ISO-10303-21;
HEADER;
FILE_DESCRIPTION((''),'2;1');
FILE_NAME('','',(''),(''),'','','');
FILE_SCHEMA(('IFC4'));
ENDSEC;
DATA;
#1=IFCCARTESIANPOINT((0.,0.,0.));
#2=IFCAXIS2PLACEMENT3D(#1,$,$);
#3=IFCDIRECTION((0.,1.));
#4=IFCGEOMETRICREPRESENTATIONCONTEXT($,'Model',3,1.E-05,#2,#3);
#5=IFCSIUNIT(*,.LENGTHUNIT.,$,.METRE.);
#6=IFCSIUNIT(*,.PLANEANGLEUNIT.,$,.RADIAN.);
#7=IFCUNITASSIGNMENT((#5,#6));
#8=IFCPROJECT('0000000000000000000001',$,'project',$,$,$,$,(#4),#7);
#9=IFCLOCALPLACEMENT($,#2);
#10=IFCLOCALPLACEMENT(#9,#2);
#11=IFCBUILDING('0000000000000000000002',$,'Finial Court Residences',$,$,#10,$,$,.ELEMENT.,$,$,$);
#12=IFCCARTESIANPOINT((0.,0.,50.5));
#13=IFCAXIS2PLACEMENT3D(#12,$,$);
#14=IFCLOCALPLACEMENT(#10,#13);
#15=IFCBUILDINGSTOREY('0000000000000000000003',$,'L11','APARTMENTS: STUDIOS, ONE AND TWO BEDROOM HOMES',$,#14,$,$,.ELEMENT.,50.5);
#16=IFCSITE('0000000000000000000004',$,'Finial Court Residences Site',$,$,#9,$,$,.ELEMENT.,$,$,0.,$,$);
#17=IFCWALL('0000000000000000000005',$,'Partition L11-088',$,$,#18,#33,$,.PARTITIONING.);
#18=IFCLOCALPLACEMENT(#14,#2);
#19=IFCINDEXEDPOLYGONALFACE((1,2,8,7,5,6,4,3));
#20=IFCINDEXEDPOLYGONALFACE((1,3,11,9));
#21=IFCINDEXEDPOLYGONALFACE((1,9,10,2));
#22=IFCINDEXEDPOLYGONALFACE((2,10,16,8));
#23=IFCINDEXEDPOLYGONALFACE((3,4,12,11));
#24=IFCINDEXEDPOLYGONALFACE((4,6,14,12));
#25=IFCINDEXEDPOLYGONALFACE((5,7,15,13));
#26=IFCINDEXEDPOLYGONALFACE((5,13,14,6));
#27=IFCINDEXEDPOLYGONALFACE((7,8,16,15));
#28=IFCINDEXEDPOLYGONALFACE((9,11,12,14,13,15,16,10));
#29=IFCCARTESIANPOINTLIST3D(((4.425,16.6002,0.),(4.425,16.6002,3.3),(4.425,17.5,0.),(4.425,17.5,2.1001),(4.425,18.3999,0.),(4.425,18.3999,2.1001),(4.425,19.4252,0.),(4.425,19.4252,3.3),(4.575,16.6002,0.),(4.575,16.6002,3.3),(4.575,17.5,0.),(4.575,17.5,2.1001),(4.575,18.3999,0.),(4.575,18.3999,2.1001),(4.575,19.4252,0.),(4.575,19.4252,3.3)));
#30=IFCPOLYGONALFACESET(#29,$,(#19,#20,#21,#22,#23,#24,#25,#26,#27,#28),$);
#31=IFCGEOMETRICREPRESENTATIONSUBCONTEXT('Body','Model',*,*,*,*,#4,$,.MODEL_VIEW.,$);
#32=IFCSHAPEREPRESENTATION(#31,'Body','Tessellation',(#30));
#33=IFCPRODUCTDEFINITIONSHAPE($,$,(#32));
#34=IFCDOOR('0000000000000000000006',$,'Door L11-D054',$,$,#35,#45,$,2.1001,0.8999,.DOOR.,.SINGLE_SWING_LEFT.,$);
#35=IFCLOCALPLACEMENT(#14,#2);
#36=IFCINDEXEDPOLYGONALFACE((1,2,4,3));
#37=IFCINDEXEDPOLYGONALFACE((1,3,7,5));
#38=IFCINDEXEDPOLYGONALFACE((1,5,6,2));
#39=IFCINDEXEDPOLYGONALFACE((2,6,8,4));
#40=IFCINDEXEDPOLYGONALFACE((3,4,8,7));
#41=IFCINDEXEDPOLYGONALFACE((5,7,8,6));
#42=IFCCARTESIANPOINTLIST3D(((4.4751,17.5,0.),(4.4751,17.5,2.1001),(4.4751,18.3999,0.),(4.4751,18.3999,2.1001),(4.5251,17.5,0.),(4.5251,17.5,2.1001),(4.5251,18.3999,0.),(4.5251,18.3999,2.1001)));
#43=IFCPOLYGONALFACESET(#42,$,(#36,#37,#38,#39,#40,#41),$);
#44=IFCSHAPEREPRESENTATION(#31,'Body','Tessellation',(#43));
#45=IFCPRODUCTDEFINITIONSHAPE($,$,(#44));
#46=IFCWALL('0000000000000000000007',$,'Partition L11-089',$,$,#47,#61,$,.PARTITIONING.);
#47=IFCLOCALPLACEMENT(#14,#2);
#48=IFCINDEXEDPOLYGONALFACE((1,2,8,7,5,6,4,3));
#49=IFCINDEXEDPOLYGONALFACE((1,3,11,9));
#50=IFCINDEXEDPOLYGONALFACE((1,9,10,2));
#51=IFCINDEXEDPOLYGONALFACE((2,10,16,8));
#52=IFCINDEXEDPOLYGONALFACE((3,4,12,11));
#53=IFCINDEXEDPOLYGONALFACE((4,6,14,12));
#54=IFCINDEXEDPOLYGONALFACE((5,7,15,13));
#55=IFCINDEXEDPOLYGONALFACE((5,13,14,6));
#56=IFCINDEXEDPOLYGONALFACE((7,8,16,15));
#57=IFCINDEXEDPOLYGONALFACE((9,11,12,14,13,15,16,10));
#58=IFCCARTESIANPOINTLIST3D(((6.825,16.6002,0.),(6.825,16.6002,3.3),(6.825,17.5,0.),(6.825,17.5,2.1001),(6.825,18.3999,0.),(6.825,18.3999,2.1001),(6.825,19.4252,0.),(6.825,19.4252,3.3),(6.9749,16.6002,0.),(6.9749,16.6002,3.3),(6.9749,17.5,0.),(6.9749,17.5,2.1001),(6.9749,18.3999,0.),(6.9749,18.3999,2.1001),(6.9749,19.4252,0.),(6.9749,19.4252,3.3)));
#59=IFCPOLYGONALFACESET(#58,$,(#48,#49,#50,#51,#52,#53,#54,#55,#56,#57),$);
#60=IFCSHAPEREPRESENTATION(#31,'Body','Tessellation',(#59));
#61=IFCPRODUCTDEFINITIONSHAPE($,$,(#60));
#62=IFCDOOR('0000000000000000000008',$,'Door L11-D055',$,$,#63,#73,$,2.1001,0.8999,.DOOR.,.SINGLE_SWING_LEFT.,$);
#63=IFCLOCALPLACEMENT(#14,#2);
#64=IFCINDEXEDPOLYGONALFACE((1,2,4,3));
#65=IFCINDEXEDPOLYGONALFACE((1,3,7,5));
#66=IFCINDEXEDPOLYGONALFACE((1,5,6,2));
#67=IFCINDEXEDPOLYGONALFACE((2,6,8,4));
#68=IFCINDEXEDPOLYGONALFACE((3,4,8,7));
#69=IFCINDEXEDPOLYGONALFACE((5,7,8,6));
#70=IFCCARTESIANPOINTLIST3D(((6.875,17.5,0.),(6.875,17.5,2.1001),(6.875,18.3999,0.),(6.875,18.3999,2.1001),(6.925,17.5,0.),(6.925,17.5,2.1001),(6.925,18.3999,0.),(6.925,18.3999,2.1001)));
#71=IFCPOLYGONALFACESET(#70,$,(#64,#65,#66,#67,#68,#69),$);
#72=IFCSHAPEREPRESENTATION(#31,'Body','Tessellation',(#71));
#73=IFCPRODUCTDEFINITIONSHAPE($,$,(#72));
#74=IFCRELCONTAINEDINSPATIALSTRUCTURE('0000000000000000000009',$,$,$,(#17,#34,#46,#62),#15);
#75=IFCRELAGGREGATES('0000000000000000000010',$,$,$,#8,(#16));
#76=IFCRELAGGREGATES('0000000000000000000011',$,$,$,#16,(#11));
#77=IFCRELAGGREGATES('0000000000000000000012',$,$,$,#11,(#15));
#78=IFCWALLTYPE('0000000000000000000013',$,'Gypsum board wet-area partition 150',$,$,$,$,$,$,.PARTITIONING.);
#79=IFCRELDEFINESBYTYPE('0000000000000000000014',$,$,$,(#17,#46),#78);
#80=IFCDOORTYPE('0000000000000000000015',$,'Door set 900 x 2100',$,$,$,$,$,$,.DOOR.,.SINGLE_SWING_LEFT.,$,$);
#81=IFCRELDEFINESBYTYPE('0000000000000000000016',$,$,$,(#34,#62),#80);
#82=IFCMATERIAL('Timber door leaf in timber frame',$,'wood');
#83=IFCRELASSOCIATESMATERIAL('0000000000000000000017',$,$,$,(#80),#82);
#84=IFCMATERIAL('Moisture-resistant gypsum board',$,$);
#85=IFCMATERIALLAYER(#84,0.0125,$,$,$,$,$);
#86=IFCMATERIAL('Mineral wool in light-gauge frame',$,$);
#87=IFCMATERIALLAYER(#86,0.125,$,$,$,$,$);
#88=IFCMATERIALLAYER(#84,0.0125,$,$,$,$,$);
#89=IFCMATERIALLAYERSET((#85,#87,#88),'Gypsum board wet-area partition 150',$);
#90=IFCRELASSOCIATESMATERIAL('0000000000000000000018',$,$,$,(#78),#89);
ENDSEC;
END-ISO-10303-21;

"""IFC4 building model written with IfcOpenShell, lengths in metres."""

from ifc_helpers import new_model, si_unit, direction, frame, frame_2d, origin, place, context, subcontext, project, spatial, rectangle, extrude, material, layer, layer_set, type_object, element, fill, save


model = new_model("IFC4")

# Units and contexts
model_context = context("Model", 3, precision=1e-05, world=origin(), true_north=direction((0.0, 1.0)))
body_context = subcontext(model_context, "Body", "Model", "MODEL_VIEW")
ifc_project = project(units=[si_unit("LENGTHUNIT", "METRE"), si_unit("PLANEANGLEUNIT", "RADIAN")], contexts=[model_context])

# Site, building, storey
site_placement = place(None, origin())
site = spatial("IfcSite", under=ifc_project, at=site_placement, Name="Finial Court Residences Site", CompositionType="ELEMENT", RefElevation=0.0)
building_placement = place(site_placement, origin())
building = spatial("IfcBuilding", under=site, at=building_placement, Name="Finial Court Residences", CompositionType="ELEMENT")
storey_placement = place(building_placement, frame((0.0, 0.0, 50.5)))
storey = spatial("IfcBuildingStorey", under=building, at=storey_placement, Name="L11", Description="APARTMENTS: STUDIOS, ONE AND TWO BEDROOM HOMES", CompositionType="ELEMENT", Elevation=50.5)

# Shared definitions
ifc_material_1 = material(Name="Mineral wool in light-gauge frame")

# Shared definitions
ifc_material_2 = material(Name="Timber door leaf in timber frame", Category="wood")
door_type = type_object("IfcDoorType", Name="Door set 900 x 2100", OperationType="SINGLE_SWING_LEFT", PredefinedType="DOOR", material=ifc_material_2)

# Shared definitions
ifc_material_3 = material(Name="Moisture-resistant gypsum board")
ifc_layer_1 = layer(ifc_material_3, 0.0125)
ifc_layer_2 = layer(ifc_material_1, 0.125)
ifc_layer_3 = layer(ifc_material_3, 0.0125)
ifc_layer_set_1 = layer_set([ifc_layer_1, ifc_layer_2, ifc_layer_3], Name="Gypsum board wet-area partition 150")
wall_type_1 = type_object("IfcWallType", Name="Gypsum board wet-area partition 150", PredefinedType="PARTITIONING", material=ifc_layer_set_1)

# Walls, openings, doors
wall_1_placement = place(storey_placement, frame((4.5, 16.6001, 0.0), z_axis=(0.0, 0.0, 1.0), x_axis=(0.0, 1.0, 0.0)))
wall_1 = element("IfcWall", 1, at=wall_1_placement, inside=storey, type_object=wall_type_1, Name="Partition L11-088", PredefinedType="PARTITIONING", context=body_context, shape_type="SweptSolid", body=[
    extrude(rectangle(XDim=2.825, YDim=0.1499, at=frame_2d((1.4126, 0.0))), origin(), (0.0, 0.0, 1.0), 3.3),
])
opening_1_placement = place(wall_1_placement, frame((0.8999, 0.0, 0.0)))
opening_1 = element("IfcOpeningElement", 2, at=opening_1_placement, cuts=wall_1, PredefinedType="OPENING", context=body_context, shape_type="SweptSolid", body=[
    extrude(rectangle(XDim=0.8999, YDim=2.1001, at=frame_2d((0.45, 1.05))), frame((0.0, 0.085, 0.0), z_axis=(0.0, -1.0, 0.0), x_axis=(1.0, 0.0, 0.0)), (0.0, 0.0, 1.0), 0.1699),
])
door_1_placement = place(opening_1_placement, origin())
door_1 = element("IfcDoor", 3, at=door_1_placement, inside=storey, type_object=door_type, Name="Door L11-D054", OperationType="SINGLE_SWING_LEFT", OverallHeight=2.1001, OverallWidth=0.8999, PredefinedType="DOOR", context=body_context, shape_type="SweptSolid", body=[
    extrude(rectangle(XDim=0.8999, YDim=2.1001, at=frame_2d((0.45, 1.05))), frame((0.0, 0.0249, 0.0), z_axis=(0.0, -1.0, 0.0), x_axis=(1.0, 0.0, 0.0)), (0.0, 0.0, 1.0), 0.05),
])
fill(opening_1, door_1)
wall_2_placement = place(storey_placement, frame((6.8999, 16.6001, 0.0), z_axis=(0.0, 0.0, 1.0), x_axis=(0.0, 1.0, 0.0)))
wall_2 = element("IfcWall", 4, at=wall_2_placement, inside=storey, type_object=wall_type_1, Name="Partition L11-089", PredefinedType="PARTITIONING", context=body_context, shape_type="SweptSolid", body=[
    extrude(rectangle(XDim=2.825, YDim=0.1499, at=frame_2d((1.4126, 0.0))), origin(), (0.0, 0.0, 1.0), 3.3),
])
opening_2_placement = place(wall_2_placement, frame((0.8999, 0.0, 0.0)))
opening_2 = element("IfcOpeningElement", 5, at=opening_2_placement, cuts=wall_2, PredefinedType="OPENING", context=body_context, shape_type="SweptSolid", body=[
    extrude(rectangle(XDim=0.8999, YDim=2.1001, at=frame_2d((0.45, 1.05))), frame((0.0, 0.085, 0.0), z_axis=(0.0, -1.0, 0.0), x_axis=(1.0, 0.0, 0.0)), (0.0, 0.0, 1.0), 0.1699),
])
door_2_placement = place(opening_2_placement, origin())
door_2 = element("IfcDoor", 6, at=door_2_placement, inside=storey, type_object=door_type, Name="Door L11-D055", OperationType="SINGLE_SWING_LEFT", OverallHeight=2.1001, OverallWidth=0.8999, PredefinedType="DOOR", context=body_context, shape_type="SweptSolid", body=[
    extrude(rectangle(XDim=0.8999, YDim=2.1001, at=frame_2d((0.45, 1.05))), frame((0.0, 0.0249, 0.0), z_axis=(0.0, -1.0, 0.0), x_axis=(1.0, 0.0, 0.0)), (0.0, 0.0, 1.0), 0.05),
])
fill(opening_2, door_2)

save(model, "model.ifc")
